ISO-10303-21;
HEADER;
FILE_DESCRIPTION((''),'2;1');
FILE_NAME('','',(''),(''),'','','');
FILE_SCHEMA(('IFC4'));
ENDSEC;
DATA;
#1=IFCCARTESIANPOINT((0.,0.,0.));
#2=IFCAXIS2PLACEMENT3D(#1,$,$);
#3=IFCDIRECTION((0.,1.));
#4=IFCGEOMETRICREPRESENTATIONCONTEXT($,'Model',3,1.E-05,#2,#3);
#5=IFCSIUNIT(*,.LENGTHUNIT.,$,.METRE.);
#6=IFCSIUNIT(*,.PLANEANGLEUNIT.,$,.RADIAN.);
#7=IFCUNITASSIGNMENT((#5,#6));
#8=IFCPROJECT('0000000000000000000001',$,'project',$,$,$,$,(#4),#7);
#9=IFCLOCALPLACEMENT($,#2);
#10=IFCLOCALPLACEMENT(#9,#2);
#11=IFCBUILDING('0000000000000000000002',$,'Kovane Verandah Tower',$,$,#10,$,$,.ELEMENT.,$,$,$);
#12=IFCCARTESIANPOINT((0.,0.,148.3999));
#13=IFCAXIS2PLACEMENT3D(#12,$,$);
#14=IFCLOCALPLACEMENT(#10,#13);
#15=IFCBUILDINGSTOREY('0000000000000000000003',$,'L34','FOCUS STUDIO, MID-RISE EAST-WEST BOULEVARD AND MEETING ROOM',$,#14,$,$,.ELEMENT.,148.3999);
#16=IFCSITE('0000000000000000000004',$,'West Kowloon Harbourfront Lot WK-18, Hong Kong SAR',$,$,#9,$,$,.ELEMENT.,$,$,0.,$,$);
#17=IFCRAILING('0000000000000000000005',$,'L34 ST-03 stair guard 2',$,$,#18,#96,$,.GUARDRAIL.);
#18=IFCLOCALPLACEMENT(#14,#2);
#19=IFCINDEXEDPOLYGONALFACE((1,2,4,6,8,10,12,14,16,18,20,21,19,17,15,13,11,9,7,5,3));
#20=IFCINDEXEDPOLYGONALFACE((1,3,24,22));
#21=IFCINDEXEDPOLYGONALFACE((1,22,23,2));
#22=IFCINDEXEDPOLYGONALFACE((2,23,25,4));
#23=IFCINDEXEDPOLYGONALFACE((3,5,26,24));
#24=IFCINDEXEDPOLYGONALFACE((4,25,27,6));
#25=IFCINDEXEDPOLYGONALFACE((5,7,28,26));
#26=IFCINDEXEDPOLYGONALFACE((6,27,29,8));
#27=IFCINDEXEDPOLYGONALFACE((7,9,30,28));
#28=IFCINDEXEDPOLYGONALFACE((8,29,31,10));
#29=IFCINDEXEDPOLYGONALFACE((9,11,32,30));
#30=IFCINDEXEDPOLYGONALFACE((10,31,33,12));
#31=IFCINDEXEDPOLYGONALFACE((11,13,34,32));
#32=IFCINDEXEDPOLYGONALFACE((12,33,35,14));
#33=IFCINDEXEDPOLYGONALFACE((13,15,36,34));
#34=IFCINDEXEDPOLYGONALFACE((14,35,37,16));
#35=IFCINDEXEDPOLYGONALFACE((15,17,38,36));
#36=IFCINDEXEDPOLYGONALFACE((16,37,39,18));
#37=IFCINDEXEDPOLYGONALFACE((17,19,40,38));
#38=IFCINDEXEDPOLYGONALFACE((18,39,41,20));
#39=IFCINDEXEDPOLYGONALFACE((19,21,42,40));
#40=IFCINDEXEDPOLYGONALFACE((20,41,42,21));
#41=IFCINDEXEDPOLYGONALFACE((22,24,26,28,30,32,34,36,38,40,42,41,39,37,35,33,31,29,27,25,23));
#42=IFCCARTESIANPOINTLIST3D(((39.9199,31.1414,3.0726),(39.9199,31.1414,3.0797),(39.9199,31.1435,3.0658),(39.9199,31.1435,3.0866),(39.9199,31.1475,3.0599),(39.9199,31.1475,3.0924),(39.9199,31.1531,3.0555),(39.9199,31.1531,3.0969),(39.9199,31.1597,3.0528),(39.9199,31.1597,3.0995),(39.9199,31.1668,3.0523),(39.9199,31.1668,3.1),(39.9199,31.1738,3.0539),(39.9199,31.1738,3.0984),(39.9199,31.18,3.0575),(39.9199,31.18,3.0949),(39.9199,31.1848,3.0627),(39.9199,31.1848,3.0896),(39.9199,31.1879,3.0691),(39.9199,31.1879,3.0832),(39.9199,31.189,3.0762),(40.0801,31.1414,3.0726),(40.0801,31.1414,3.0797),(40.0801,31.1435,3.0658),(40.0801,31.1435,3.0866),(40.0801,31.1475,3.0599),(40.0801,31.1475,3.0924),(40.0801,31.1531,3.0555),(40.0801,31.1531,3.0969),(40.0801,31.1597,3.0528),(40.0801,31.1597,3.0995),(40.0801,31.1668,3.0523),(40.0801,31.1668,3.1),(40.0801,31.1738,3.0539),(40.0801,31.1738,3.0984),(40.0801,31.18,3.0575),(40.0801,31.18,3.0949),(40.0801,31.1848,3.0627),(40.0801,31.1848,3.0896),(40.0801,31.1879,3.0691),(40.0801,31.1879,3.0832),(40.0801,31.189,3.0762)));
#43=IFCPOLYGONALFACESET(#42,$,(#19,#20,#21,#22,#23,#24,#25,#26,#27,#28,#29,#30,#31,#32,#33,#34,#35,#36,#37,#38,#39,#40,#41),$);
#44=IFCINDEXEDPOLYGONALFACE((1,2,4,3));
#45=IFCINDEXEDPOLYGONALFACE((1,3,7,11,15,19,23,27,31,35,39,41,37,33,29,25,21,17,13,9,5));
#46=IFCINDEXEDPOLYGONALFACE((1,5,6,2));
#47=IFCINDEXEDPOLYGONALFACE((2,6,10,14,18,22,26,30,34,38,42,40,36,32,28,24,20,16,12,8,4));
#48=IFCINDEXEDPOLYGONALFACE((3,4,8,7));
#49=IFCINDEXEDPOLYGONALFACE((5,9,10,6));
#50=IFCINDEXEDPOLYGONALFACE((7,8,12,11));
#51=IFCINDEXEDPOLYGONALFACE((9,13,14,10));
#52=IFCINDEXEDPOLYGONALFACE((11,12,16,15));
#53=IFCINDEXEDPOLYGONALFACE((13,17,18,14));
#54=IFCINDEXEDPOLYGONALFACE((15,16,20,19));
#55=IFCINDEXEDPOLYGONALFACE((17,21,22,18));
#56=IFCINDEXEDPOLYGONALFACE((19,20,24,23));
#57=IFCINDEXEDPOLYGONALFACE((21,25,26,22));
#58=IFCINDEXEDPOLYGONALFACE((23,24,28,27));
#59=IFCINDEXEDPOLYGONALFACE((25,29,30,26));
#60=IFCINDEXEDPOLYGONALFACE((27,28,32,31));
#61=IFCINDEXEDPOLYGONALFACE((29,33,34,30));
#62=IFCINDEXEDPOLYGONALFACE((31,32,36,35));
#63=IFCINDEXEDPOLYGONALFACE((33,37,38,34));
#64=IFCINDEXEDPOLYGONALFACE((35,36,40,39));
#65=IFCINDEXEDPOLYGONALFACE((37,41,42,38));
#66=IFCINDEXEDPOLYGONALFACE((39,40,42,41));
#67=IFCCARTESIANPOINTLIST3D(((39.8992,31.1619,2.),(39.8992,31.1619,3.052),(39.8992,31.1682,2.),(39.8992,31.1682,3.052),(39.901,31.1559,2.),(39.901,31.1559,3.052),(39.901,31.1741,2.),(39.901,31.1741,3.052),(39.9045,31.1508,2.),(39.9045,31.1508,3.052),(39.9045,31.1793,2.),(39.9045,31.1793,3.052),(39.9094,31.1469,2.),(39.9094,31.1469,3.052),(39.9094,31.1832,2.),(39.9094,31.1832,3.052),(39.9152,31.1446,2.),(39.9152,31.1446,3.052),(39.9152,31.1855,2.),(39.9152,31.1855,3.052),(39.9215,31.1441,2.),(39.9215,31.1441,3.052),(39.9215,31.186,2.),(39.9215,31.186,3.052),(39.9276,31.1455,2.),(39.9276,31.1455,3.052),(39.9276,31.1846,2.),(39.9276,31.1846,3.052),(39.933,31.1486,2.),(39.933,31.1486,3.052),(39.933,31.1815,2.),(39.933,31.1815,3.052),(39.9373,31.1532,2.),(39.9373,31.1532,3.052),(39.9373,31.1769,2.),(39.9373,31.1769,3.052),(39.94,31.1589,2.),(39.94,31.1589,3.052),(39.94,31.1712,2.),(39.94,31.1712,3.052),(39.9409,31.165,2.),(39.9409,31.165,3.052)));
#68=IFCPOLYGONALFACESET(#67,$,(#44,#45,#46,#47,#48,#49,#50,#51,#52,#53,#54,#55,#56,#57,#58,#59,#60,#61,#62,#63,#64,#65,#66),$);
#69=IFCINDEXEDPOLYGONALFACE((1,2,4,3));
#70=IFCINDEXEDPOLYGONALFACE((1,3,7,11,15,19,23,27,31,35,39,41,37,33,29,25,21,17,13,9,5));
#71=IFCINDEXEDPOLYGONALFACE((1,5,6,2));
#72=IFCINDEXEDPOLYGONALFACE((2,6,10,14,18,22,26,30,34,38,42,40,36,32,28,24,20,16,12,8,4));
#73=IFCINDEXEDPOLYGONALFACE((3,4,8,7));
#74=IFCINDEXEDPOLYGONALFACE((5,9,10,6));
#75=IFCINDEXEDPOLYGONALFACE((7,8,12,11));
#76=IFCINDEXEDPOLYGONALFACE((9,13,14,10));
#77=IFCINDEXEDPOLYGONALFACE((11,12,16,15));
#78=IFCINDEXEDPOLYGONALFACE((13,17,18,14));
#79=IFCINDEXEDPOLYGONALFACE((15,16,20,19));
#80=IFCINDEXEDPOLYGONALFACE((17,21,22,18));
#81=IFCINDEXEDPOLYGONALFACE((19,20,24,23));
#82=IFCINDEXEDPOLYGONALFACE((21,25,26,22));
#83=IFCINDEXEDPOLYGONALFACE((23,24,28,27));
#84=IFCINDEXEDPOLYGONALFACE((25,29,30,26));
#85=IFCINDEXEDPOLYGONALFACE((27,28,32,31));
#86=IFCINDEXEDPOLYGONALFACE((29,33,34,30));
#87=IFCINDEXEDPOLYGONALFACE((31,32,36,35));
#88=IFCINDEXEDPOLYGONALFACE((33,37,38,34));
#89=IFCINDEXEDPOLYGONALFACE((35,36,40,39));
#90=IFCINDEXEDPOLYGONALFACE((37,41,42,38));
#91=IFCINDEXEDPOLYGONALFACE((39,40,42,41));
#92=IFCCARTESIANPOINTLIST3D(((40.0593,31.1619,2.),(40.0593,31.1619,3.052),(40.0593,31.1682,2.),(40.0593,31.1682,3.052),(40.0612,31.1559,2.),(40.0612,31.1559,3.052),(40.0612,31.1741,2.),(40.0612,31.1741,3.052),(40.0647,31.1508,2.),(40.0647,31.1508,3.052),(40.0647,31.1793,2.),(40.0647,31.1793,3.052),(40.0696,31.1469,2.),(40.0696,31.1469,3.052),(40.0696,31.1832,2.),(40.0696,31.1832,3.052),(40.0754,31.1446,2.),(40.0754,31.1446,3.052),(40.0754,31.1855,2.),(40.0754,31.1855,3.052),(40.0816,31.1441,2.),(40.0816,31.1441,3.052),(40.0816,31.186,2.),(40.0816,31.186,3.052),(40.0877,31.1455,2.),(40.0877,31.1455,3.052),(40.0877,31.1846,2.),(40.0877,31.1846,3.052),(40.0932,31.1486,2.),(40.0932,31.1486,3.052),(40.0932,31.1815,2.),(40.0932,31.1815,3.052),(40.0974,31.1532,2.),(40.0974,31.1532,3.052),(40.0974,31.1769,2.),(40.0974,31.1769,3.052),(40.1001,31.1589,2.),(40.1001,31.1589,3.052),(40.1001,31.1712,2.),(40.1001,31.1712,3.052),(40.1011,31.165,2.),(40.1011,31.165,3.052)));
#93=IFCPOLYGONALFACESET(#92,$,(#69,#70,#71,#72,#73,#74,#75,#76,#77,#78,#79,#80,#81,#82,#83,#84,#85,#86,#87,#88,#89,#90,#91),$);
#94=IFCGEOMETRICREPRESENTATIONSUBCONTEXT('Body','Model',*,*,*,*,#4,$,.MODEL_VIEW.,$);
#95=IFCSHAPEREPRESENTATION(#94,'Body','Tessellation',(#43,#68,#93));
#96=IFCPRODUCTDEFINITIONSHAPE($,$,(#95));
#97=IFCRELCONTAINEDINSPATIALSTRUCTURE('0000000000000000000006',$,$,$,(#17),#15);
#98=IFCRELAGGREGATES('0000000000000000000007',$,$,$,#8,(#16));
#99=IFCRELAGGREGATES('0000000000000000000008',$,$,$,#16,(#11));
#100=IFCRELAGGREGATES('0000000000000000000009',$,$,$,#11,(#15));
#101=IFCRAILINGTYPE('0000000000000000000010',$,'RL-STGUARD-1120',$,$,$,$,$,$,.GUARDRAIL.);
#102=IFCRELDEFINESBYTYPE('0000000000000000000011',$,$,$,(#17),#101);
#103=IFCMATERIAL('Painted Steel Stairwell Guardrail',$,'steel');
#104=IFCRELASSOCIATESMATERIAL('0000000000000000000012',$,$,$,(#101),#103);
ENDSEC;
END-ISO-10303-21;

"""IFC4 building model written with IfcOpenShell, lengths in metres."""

from ifc_helpers import new_model, si_unit, direction, frame, origin, origin_2d, place, context, subcontext, project, spatial, circle, extrude, material, type_object, element, save


model = new_model("IFC4")

# Units and contexts
model_context = context("Model", 3, precision=1e-05, world=origin(), true_north=direction((0.0, 1.0)))
body_context = subcontext(model_context, "Body", "Model", "MODEL_VIEW")
ifc_project = project(units=[si_unit("LENGTHUNIT", "METRE"), si_unit("PLANEANGLEUNIT", "RADIAN")], contexts=[model_context])

# Site, building, storey
site_placement = place(None, origin())
site = spatial("IfcSite", under=ifc_project, at=site_placement, Name="West Kowloon Harbourfront Lot WK-18, Hong Kong SAR", CompositionType="ELEMENT", RefElevation=0.0)
building_placement = place(site_placement, origin())
building = spatial("IfcBuilding", under=site, at=building_placement, Name="Kovane Verandah Tower", CompositionType="ELEMENT")
storey_placement = place(building_placement, frame((0.0, 0.0, 148.3999)))
storey = spatial("IfcBuildingStorey", under=building, at=storey_placement, Name="L34", Description="FOCUS STUDIO, MID-RISE EAST-WEST BOULEVARD AND MEETING ROOM", CompositionType="ELEMENT", Elevation=148.3999)

# Railing
ifc_material_1 = material(Name="Painted Steel Stairwell Guardrail", Category="steel")
railing_type_1 = type_object("IfcRailingType", Name="RL-STGUARD-1120", PredefinedType="GUARDRAIL", material=ifc_material_1)
railing_1_placement = place(storey_placement, frame((39.9199, 31.165, 2.0)))
element("IfcRailing", 1, at=railing_1_placement, inside=storey, type_object=railing_type_1, Name="L34 ST-03 stair guard 2", PredefinedType="GUARDRAIL", context=body_context, shape_type="SweptSolid", body=[
    extrude(circle(Radius=0.0239, at=origin_2d()), frame((0.0, 0.0, 1.0762), z_axis=(1.0, 0.0, 0.0), x_axis=(0.0, 1.0, 0.0)), (0.0, 0.0, 1.0), 0.1602),
    extrude(circle(Radius=0.021, at=origin_2d()), origin(), (0.0, 0.0, 1.0), 1.052),
    extrude(circle(Radius=0.021, at=origin_2d()), frame((0.1602, 0.0, 0.0)), (0.0, 0.0, 1.0), 1.052),
])

save(model, "model.ifc")
